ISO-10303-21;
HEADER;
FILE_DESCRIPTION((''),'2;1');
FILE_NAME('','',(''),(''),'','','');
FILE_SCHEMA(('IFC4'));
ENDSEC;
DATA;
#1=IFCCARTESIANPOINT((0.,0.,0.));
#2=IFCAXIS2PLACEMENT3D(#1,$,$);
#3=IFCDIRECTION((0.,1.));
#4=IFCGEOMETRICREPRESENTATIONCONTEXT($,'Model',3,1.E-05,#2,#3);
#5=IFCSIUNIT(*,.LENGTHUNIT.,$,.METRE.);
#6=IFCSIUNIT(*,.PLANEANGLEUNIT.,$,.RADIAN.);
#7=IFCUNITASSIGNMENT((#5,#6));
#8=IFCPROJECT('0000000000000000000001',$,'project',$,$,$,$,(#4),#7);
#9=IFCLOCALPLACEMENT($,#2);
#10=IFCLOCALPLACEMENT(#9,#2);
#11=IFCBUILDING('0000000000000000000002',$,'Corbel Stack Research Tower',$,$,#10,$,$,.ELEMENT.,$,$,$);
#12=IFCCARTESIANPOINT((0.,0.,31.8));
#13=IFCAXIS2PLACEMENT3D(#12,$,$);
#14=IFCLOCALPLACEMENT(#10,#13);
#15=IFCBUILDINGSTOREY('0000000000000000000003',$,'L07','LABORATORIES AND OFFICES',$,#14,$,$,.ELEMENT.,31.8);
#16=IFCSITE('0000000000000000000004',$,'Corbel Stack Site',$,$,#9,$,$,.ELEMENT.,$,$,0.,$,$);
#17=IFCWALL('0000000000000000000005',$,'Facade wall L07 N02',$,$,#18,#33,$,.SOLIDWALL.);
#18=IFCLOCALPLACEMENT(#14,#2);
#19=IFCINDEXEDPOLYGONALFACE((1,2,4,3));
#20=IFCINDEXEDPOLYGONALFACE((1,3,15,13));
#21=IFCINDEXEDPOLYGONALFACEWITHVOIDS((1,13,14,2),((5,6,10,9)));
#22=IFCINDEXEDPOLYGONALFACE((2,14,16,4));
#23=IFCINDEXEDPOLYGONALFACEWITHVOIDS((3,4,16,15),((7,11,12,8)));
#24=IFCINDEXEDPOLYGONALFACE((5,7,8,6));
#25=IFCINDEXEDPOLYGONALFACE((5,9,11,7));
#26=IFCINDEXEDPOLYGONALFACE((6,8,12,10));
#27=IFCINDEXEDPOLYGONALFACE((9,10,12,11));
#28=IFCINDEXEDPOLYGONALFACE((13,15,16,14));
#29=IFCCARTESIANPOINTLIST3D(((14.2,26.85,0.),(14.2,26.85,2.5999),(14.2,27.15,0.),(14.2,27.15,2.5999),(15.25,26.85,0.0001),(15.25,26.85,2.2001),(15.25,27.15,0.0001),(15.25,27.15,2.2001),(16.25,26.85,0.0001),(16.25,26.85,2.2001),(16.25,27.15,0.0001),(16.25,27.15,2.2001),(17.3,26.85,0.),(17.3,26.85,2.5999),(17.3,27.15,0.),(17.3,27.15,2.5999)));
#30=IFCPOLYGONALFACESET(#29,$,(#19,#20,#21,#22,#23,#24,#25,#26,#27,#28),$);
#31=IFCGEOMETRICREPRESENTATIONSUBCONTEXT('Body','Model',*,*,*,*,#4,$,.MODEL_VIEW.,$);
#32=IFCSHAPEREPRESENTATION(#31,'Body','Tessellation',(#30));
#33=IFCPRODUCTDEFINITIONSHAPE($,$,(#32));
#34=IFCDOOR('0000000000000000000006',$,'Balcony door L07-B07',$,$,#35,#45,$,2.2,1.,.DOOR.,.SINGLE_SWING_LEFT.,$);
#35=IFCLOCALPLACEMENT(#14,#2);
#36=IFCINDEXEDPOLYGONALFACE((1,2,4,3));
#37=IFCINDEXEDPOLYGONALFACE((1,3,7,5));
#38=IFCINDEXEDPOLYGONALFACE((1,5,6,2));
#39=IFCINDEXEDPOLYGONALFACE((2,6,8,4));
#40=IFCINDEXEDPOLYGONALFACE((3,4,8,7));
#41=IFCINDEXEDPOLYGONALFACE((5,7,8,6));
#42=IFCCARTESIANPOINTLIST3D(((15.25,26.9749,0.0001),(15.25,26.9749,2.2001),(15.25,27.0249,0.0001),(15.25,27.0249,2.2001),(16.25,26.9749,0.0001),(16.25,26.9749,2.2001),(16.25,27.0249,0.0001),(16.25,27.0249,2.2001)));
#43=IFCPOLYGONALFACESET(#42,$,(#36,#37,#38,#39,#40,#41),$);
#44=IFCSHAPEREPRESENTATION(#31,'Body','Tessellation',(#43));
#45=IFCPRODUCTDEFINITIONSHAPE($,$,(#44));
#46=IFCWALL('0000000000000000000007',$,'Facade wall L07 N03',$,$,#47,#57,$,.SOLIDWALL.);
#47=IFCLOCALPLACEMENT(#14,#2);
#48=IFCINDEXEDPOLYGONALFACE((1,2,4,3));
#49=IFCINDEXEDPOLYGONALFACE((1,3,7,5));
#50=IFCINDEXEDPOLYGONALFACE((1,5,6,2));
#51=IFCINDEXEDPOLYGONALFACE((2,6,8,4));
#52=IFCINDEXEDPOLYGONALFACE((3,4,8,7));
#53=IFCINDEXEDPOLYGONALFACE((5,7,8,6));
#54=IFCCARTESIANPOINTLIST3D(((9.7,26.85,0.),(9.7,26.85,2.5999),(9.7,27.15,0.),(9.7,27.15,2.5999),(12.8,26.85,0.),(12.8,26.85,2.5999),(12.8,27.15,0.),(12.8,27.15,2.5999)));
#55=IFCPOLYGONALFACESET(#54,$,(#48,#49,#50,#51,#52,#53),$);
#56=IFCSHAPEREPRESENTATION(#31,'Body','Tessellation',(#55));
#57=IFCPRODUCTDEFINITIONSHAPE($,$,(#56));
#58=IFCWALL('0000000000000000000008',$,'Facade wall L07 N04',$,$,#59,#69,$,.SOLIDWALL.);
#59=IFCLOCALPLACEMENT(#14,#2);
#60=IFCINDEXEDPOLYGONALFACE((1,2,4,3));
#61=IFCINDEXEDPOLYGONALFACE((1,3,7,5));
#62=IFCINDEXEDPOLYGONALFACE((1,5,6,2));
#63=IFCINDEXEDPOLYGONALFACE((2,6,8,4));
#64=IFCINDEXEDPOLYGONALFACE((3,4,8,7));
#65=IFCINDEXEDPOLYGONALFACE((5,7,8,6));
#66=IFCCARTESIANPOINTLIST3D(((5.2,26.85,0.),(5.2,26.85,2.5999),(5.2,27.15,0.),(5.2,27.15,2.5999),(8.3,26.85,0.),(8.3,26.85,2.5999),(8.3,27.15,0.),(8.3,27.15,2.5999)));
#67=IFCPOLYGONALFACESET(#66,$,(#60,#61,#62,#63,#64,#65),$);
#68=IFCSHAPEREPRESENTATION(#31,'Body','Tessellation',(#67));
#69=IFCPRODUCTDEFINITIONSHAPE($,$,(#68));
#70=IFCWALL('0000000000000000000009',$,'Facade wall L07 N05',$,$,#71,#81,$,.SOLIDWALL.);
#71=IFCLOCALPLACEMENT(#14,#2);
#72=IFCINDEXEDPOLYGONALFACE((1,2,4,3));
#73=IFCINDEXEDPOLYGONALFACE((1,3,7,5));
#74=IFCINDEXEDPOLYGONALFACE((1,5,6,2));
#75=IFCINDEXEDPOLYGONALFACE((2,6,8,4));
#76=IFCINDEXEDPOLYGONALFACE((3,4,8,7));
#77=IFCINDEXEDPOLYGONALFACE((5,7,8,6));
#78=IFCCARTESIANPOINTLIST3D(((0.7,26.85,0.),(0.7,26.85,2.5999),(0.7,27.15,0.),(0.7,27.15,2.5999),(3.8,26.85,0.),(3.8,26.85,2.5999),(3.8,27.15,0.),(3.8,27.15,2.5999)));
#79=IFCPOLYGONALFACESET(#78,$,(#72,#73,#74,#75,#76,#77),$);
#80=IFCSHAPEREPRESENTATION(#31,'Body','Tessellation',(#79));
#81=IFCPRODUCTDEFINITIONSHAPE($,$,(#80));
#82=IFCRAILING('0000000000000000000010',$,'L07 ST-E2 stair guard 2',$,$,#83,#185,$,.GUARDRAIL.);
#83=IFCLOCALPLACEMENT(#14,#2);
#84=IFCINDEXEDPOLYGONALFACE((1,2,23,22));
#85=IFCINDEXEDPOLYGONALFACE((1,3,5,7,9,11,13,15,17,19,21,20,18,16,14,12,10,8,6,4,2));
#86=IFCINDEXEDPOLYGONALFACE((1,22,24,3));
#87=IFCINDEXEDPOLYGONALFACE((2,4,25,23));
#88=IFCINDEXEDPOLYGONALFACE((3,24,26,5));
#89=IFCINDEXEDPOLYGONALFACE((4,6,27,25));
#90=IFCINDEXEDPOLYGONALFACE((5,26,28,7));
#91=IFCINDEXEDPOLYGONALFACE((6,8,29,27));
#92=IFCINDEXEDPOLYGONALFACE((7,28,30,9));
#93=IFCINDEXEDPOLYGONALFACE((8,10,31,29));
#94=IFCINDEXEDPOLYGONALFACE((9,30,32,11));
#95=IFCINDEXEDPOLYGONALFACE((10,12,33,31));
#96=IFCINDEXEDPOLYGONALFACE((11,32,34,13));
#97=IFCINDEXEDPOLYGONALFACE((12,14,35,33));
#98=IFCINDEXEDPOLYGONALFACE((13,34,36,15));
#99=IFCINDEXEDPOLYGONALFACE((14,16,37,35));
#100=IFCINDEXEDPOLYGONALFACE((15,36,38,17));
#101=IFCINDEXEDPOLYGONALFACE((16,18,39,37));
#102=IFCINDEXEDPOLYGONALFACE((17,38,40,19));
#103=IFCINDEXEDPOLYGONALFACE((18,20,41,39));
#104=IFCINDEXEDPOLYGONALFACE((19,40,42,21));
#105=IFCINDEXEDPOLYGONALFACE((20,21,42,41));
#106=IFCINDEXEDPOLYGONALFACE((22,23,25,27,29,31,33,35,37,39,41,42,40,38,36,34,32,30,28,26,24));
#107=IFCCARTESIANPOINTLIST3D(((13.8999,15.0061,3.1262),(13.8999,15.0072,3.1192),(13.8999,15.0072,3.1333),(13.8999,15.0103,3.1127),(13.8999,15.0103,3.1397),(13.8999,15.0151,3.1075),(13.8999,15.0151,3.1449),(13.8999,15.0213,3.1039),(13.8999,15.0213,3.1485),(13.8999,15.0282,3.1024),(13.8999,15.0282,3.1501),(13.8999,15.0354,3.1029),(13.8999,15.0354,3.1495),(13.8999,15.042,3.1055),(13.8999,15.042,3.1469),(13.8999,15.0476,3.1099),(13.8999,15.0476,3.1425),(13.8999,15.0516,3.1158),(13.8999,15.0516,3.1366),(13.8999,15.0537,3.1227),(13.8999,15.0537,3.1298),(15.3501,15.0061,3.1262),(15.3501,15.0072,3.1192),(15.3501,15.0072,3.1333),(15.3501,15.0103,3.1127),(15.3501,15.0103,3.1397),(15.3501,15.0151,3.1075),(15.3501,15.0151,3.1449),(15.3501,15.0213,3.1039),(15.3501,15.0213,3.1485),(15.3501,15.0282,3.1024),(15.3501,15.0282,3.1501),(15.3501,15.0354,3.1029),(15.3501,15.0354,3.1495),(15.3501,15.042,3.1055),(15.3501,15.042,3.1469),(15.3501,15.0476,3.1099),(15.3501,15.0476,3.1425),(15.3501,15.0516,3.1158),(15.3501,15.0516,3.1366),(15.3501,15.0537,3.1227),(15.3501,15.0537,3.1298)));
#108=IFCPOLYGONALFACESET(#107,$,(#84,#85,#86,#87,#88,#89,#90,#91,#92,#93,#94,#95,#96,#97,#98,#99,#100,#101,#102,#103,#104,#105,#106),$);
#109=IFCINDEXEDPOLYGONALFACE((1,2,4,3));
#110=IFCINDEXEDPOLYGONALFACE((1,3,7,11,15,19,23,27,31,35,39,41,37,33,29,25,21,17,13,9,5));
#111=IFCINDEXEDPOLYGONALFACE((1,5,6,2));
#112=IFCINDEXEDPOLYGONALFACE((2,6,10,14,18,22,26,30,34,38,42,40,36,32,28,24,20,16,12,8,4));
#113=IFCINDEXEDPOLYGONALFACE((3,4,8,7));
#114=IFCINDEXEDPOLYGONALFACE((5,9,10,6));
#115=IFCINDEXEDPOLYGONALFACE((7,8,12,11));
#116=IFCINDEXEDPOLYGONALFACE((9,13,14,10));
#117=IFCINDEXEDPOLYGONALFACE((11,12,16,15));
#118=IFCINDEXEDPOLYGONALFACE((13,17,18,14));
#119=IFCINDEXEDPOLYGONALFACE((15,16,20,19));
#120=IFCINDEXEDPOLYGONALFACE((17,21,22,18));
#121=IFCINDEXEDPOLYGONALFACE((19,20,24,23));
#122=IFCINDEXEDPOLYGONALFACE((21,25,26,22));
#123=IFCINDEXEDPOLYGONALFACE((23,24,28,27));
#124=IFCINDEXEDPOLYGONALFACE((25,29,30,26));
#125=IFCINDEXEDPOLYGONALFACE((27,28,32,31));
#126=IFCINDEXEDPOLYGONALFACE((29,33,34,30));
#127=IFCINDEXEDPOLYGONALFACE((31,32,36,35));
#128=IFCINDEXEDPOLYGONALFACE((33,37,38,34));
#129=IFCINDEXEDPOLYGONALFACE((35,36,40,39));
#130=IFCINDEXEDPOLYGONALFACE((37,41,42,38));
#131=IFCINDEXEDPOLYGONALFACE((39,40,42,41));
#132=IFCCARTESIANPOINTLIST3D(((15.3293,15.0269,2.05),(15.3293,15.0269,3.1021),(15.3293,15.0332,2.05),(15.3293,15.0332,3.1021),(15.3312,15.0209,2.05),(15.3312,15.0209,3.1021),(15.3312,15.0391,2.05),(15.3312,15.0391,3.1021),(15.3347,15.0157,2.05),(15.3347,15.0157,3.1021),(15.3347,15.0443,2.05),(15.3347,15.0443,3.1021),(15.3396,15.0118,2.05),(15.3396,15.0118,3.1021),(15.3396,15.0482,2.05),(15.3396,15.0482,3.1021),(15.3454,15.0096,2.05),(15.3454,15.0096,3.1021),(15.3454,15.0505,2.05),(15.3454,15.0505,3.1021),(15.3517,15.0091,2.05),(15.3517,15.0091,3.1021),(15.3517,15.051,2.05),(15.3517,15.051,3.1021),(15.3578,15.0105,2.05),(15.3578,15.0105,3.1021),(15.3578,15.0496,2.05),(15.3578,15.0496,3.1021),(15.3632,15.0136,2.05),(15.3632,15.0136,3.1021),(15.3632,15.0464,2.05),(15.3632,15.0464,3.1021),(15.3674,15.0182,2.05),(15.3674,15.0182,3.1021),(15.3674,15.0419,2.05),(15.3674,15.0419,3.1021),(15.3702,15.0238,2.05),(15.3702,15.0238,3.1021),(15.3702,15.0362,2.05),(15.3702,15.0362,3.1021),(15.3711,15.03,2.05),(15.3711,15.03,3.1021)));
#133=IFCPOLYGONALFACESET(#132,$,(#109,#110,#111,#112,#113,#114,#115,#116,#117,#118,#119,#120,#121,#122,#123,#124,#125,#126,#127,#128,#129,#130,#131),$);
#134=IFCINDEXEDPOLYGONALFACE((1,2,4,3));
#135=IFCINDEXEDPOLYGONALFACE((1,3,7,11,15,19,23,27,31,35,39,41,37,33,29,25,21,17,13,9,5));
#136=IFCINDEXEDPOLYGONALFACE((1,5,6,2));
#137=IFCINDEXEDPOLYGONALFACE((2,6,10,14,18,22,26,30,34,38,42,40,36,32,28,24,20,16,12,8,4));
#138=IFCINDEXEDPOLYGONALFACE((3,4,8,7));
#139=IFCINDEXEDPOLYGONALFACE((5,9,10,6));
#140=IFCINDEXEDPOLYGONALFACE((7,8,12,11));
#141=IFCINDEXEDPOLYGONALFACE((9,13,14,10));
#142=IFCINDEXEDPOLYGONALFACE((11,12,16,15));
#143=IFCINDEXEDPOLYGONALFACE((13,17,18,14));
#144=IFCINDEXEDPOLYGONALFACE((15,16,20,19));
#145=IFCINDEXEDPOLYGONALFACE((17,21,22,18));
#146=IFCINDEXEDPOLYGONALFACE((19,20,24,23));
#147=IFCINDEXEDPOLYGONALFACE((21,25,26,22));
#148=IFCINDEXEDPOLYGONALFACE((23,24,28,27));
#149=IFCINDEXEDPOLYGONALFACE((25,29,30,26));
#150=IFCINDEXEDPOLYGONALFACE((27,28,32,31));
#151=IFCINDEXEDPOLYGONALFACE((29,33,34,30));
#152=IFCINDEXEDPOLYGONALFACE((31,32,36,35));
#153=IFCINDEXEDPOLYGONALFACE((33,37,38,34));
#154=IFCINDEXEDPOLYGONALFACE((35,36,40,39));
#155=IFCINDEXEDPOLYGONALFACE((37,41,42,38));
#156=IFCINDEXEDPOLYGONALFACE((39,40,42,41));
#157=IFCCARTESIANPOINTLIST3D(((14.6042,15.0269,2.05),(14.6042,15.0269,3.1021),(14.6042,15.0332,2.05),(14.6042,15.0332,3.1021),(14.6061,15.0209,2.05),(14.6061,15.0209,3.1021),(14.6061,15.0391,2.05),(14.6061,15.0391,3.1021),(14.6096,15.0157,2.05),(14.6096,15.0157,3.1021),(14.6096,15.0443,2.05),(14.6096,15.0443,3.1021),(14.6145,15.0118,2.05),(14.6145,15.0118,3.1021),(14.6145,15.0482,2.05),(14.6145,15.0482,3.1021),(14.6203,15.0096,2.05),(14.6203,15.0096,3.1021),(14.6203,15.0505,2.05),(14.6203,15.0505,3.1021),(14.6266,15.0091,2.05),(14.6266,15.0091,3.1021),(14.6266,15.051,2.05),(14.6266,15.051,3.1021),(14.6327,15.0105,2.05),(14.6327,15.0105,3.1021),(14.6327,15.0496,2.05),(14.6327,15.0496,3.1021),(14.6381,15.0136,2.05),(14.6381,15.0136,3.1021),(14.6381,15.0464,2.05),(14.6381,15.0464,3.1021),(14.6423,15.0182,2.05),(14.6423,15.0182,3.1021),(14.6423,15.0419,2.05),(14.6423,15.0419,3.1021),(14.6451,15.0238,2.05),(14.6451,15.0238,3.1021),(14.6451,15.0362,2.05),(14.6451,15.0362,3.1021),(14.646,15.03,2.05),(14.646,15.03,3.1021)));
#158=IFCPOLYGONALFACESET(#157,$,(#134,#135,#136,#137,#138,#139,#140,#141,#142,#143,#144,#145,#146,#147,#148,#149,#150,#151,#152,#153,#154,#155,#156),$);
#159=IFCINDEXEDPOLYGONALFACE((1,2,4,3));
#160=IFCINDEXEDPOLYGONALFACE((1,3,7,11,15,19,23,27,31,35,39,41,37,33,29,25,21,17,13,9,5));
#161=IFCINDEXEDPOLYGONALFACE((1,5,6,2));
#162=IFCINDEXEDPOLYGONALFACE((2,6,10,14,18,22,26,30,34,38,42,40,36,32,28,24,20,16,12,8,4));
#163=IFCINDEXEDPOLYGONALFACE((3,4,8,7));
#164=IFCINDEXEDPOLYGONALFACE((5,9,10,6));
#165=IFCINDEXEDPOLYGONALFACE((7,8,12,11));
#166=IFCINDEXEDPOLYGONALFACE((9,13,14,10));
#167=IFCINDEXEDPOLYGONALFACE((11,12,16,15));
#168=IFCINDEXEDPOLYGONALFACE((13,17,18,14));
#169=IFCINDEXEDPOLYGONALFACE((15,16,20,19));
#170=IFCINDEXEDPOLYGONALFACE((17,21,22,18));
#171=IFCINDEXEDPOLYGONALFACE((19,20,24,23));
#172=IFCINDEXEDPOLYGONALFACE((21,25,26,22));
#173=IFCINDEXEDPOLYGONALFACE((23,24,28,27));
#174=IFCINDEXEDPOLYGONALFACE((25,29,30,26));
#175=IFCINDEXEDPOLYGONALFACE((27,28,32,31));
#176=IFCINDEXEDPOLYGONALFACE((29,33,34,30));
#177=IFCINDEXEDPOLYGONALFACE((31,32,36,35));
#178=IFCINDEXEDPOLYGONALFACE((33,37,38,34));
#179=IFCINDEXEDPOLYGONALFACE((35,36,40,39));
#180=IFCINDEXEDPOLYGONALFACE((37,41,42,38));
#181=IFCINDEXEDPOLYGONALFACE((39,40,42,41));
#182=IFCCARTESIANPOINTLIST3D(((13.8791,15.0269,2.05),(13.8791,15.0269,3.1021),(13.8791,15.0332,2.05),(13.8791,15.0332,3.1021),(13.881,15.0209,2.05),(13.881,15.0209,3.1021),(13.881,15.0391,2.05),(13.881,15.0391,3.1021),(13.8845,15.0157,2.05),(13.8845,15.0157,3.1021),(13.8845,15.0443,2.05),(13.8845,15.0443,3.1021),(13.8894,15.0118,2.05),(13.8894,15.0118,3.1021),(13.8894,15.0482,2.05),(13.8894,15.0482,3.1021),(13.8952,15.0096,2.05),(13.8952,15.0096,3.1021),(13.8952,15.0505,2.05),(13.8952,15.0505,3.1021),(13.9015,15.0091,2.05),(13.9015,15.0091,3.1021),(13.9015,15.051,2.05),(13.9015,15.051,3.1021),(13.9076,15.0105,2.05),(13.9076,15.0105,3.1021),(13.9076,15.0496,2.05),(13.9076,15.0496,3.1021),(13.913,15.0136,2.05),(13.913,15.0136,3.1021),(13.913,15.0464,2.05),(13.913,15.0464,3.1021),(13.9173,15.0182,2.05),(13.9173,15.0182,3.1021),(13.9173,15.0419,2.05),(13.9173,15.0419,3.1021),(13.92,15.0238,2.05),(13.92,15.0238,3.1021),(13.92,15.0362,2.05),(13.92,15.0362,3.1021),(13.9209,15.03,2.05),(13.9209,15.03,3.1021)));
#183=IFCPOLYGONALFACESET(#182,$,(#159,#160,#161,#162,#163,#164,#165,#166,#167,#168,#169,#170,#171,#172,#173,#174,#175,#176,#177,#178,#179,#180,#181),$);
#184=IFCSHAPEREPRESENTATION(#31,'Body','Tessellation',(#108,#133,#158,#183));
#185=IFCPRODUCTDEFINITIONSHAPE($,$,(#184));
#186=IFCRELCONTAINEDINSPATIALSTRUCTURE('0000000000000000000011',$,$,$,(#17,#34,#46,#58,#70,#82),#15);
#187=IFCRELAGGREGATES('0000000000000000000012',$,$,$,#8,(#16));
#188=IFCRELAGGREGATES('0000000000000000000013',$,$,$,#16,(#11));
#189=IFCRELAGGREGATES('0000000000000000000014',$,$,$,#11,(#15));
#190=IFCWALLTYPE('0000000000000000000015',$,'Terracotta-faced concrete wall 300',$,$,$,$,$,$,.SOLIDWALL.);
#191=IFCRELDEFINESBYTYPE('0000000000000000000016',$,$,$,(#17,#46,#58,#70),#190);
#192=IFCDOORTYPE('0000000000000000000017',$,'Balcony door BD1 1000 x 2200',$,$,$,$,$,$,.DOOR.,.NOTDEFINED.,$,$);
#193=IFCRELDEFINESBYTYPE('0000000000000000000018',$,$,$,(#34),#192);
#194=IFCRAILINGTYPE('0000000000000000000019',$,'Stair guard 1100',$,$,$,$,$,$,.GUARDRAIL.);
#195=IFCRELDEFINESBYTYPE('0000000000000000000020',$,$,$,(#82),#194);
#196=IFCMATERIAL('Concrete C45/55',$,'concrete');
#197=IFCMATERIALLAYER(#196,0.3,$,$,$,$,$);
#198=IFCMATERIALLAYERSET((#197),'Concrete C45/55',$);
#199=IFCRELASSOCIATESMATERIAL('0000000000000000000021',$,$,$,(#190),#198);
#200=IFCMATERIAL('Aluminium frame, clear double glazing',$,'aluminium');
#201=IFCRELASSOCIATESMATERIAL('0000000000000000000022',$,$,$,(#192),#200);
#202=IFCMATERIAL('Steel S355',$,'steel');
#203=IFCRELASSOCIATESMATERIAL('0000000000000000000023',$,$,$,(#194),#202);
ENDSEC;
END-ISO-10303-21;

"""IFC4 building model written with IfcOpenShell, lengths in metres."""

from ifc_helpers import new_model, si_unit, direction, frame, frame_2d, origin, origin_2d, place, context, subcontext, project, spatial, rectangle, circle, extrude, material, layer, layer_set, type_object, element, fill, save


model = new_model("IFC4")

# Units and contexts
model_context = context("Model", 3, precision=1e-05, world=origin(), true_north=direction((0.0, 1.0)))
body_context = subcontext(model_context, "Body", "Model", "MODEL_VIEW")
ifc_project = project(units=[si_unit("LENGTHUNIT", "METRE"), si_unit("PLANEANGLEUNIT", "RADIAN")], contexts=[model_context])

# Site, building, storey
site_placement = place(None, origin())
site = spatial("IfcSite", under=ifc_project, at=site_placement, Name="Corbel Stack Site", CompositionType="ELEMENT", RefElevation=0.0)
building_placement = place(site_placement, origin())
building = spatial("IfcBuilding", under=site, at=building_placement, Name="Corbel Stack Research Tower", CompositionType="ELEMENT")
storey_placement = place(building_placement, frame((0.0, 0.0, 31.8)))
storey = spatial("IfcBuildingStorey", under=building, at=storey_placement, Name="L07", Description="LABORATORIES AND OFFICES", CompositionType="ELEMENT", Elevation=31.8)

# Wall, opening, door
ifc_material_1 = material(Name="Concrete C45/55", Category="concrete")
ifc_layer_1 = layer(ifc_material_1, 0.3)
ifc_layer_set_1 = layer_set([ifc_layer_1], Name="Concrete C45/55")
wall_type_1 = type_object("IfcWallType", Name="Terracotta-faced concrete wall 300", PredefinedType="SOLIDWALL", material=ifc_layer_set_1)
wall_1_placement = place(storey_placement, frame((14.2, 27.0, 0.0), z_axis=(0.0, 0.0, 1.0), x_axis=(1.0, 0.0, 0.0)))
wall_1 = element("IfcWall", 1, at=wall_1_placement, inside=storey, type_object=wall_type_1, Name="Facade wall L07 N02", PredefinedType="SOLIDWALL", context=body_context, shape_type="SweptSolid", body=[
    extrude(rectangle(XDim=3.1001, YDim=0.3, at=frame_2d((1.55, 0.0))), origin(), (0.0, 0.0, 1.0), 2.5999),
])
opening_placement = place(wall_1_placement, frame((1.05, 0.0, 0.0)))
opening = element("IfcOpeningElement", 2, at=opening_placement, cuts=wall_1, PredefinedType="OPENING", context=body_context, shape_type="SweptSolid", body=[
    extrude(rectangle(XDim=1.0, YDim=2.2, at=frame_2d((0.5, 1.1001))), frame((0.0, 0.1599, 0.0), z_axis=(0.0, -1.0, 0.0), x_axis=(1.0, 0.0, 0.0)), (0.0, 0.0, 1.0), 0.3201),
])
ifc_material_2 = material(Name="Aluminium frame, clear double glazing", Category="aluminium")
door_type = type_object("IfcDoorType", Name="Balcony door BD1 1000 x 2200", OperationType="NOTDEFINED", PredefinedType="DOOR", material=ifc_material_2)
door_placement = place(opening_placement, origin())
door = element("IfcDoor", 3, at=door_placement, inside=storey, type_object=door_type, Name="Balcony door L07-B07", OperationType="SINGLE_SWING_LEFT", OverallHeight=2.2, OverallWidth=1.0, PredefinedType="DOOR", context=body_context, shape_type="SweptSolid", body=[
    extrude(rectangle(XDim=1.0, YDim=2.2, at=frame_2d((0.5, 1.1001))), frame((0.0, 0.0249, 0.0), z_axis=(0.0, -1.0, 0.0), x_axis=(1.0, 0.0, 0.0)), (0.0, 0.0, 1.0), 0.05),
])
fill(opening, door)

# Walls
for number, where, z_axis, x_axis, name in (
    (4, (9.7, 27.0, 0.0), (0.0, 0.0, 1.0), (1.0, 0.0, 0.0), "Facade wall L07 N03"),
    (5, (5.2, 27.0, 0.0), (0.0, 0.0, 1.0), (1.0, 0.0, 0.0), "Facade wall L07 N04"),
    (6, (0.7, 27.0, 0.0), (0.0, 0.0, 1.0), (1.0, 0.0, 0.0), "Facade wall L07 N05"),
):
    element("IfcWall", number, at=place(storey_placement, frame(where, z_axis=z_axis, x_axis=x_axis)), inside=storey, type_object=wall_type_1, Name=name, PredefinedType="SOLIDWALL", context=body_context, shape_type="SweptSolid", body=[
        extrude(rectangle(XDim=3.1001, YDim=0.3, at=frame_2d((1.55, 0.0))), origin(), (0.0, 0.0, 1.0), 2.5999),
    ])

# Railing
ifc_material_3 = material(Name="Steel S355", Category="steel")
railing_type = type_object("IfcRailingType", Name="Stair guard 1100", PredefinedType="GUARDRAIL", material=ifc_material_3)
railing_1_placement = place(storey_placement, frame((15.3501, 15.03, 2.05)))
element("IfcRailing", 7, at=railing_1_placement, inside=storey, type_object=railing_type, Name="L07 ST-E2 stair guard 2", PredefinedType="GUARDRAIL", context=body_context, shape_type="SweptSolid", body=[
    extrude(circle(Radius=0.0239, at=origin_2d()), frame((0.0, 0.0, 1.0762), z_axis=(-1.0, 0.0, 0.0), x_axis=(0.0, -1.0, 0.0)), (0.0, 0.0, 1.0), 1.4502),
    extrude(circle(Radius=0.021, at=origin_2d()), origin(), (0.0, 0.0, 1.0), 1.052),
    extrude(circle(Radius=0.021, at=origin_2d()), frame((-0.7251, 0.0, 0.0)), (0.0, 0.0, 1.0), 1.052),
    extrude(circle(Radius=0.021, at=origin_2d()), frame((-1.4502, 0.0, 0.0)), (0.0, 0.0, 1.0), 1.052),
])

save(model, "model.ifc")
